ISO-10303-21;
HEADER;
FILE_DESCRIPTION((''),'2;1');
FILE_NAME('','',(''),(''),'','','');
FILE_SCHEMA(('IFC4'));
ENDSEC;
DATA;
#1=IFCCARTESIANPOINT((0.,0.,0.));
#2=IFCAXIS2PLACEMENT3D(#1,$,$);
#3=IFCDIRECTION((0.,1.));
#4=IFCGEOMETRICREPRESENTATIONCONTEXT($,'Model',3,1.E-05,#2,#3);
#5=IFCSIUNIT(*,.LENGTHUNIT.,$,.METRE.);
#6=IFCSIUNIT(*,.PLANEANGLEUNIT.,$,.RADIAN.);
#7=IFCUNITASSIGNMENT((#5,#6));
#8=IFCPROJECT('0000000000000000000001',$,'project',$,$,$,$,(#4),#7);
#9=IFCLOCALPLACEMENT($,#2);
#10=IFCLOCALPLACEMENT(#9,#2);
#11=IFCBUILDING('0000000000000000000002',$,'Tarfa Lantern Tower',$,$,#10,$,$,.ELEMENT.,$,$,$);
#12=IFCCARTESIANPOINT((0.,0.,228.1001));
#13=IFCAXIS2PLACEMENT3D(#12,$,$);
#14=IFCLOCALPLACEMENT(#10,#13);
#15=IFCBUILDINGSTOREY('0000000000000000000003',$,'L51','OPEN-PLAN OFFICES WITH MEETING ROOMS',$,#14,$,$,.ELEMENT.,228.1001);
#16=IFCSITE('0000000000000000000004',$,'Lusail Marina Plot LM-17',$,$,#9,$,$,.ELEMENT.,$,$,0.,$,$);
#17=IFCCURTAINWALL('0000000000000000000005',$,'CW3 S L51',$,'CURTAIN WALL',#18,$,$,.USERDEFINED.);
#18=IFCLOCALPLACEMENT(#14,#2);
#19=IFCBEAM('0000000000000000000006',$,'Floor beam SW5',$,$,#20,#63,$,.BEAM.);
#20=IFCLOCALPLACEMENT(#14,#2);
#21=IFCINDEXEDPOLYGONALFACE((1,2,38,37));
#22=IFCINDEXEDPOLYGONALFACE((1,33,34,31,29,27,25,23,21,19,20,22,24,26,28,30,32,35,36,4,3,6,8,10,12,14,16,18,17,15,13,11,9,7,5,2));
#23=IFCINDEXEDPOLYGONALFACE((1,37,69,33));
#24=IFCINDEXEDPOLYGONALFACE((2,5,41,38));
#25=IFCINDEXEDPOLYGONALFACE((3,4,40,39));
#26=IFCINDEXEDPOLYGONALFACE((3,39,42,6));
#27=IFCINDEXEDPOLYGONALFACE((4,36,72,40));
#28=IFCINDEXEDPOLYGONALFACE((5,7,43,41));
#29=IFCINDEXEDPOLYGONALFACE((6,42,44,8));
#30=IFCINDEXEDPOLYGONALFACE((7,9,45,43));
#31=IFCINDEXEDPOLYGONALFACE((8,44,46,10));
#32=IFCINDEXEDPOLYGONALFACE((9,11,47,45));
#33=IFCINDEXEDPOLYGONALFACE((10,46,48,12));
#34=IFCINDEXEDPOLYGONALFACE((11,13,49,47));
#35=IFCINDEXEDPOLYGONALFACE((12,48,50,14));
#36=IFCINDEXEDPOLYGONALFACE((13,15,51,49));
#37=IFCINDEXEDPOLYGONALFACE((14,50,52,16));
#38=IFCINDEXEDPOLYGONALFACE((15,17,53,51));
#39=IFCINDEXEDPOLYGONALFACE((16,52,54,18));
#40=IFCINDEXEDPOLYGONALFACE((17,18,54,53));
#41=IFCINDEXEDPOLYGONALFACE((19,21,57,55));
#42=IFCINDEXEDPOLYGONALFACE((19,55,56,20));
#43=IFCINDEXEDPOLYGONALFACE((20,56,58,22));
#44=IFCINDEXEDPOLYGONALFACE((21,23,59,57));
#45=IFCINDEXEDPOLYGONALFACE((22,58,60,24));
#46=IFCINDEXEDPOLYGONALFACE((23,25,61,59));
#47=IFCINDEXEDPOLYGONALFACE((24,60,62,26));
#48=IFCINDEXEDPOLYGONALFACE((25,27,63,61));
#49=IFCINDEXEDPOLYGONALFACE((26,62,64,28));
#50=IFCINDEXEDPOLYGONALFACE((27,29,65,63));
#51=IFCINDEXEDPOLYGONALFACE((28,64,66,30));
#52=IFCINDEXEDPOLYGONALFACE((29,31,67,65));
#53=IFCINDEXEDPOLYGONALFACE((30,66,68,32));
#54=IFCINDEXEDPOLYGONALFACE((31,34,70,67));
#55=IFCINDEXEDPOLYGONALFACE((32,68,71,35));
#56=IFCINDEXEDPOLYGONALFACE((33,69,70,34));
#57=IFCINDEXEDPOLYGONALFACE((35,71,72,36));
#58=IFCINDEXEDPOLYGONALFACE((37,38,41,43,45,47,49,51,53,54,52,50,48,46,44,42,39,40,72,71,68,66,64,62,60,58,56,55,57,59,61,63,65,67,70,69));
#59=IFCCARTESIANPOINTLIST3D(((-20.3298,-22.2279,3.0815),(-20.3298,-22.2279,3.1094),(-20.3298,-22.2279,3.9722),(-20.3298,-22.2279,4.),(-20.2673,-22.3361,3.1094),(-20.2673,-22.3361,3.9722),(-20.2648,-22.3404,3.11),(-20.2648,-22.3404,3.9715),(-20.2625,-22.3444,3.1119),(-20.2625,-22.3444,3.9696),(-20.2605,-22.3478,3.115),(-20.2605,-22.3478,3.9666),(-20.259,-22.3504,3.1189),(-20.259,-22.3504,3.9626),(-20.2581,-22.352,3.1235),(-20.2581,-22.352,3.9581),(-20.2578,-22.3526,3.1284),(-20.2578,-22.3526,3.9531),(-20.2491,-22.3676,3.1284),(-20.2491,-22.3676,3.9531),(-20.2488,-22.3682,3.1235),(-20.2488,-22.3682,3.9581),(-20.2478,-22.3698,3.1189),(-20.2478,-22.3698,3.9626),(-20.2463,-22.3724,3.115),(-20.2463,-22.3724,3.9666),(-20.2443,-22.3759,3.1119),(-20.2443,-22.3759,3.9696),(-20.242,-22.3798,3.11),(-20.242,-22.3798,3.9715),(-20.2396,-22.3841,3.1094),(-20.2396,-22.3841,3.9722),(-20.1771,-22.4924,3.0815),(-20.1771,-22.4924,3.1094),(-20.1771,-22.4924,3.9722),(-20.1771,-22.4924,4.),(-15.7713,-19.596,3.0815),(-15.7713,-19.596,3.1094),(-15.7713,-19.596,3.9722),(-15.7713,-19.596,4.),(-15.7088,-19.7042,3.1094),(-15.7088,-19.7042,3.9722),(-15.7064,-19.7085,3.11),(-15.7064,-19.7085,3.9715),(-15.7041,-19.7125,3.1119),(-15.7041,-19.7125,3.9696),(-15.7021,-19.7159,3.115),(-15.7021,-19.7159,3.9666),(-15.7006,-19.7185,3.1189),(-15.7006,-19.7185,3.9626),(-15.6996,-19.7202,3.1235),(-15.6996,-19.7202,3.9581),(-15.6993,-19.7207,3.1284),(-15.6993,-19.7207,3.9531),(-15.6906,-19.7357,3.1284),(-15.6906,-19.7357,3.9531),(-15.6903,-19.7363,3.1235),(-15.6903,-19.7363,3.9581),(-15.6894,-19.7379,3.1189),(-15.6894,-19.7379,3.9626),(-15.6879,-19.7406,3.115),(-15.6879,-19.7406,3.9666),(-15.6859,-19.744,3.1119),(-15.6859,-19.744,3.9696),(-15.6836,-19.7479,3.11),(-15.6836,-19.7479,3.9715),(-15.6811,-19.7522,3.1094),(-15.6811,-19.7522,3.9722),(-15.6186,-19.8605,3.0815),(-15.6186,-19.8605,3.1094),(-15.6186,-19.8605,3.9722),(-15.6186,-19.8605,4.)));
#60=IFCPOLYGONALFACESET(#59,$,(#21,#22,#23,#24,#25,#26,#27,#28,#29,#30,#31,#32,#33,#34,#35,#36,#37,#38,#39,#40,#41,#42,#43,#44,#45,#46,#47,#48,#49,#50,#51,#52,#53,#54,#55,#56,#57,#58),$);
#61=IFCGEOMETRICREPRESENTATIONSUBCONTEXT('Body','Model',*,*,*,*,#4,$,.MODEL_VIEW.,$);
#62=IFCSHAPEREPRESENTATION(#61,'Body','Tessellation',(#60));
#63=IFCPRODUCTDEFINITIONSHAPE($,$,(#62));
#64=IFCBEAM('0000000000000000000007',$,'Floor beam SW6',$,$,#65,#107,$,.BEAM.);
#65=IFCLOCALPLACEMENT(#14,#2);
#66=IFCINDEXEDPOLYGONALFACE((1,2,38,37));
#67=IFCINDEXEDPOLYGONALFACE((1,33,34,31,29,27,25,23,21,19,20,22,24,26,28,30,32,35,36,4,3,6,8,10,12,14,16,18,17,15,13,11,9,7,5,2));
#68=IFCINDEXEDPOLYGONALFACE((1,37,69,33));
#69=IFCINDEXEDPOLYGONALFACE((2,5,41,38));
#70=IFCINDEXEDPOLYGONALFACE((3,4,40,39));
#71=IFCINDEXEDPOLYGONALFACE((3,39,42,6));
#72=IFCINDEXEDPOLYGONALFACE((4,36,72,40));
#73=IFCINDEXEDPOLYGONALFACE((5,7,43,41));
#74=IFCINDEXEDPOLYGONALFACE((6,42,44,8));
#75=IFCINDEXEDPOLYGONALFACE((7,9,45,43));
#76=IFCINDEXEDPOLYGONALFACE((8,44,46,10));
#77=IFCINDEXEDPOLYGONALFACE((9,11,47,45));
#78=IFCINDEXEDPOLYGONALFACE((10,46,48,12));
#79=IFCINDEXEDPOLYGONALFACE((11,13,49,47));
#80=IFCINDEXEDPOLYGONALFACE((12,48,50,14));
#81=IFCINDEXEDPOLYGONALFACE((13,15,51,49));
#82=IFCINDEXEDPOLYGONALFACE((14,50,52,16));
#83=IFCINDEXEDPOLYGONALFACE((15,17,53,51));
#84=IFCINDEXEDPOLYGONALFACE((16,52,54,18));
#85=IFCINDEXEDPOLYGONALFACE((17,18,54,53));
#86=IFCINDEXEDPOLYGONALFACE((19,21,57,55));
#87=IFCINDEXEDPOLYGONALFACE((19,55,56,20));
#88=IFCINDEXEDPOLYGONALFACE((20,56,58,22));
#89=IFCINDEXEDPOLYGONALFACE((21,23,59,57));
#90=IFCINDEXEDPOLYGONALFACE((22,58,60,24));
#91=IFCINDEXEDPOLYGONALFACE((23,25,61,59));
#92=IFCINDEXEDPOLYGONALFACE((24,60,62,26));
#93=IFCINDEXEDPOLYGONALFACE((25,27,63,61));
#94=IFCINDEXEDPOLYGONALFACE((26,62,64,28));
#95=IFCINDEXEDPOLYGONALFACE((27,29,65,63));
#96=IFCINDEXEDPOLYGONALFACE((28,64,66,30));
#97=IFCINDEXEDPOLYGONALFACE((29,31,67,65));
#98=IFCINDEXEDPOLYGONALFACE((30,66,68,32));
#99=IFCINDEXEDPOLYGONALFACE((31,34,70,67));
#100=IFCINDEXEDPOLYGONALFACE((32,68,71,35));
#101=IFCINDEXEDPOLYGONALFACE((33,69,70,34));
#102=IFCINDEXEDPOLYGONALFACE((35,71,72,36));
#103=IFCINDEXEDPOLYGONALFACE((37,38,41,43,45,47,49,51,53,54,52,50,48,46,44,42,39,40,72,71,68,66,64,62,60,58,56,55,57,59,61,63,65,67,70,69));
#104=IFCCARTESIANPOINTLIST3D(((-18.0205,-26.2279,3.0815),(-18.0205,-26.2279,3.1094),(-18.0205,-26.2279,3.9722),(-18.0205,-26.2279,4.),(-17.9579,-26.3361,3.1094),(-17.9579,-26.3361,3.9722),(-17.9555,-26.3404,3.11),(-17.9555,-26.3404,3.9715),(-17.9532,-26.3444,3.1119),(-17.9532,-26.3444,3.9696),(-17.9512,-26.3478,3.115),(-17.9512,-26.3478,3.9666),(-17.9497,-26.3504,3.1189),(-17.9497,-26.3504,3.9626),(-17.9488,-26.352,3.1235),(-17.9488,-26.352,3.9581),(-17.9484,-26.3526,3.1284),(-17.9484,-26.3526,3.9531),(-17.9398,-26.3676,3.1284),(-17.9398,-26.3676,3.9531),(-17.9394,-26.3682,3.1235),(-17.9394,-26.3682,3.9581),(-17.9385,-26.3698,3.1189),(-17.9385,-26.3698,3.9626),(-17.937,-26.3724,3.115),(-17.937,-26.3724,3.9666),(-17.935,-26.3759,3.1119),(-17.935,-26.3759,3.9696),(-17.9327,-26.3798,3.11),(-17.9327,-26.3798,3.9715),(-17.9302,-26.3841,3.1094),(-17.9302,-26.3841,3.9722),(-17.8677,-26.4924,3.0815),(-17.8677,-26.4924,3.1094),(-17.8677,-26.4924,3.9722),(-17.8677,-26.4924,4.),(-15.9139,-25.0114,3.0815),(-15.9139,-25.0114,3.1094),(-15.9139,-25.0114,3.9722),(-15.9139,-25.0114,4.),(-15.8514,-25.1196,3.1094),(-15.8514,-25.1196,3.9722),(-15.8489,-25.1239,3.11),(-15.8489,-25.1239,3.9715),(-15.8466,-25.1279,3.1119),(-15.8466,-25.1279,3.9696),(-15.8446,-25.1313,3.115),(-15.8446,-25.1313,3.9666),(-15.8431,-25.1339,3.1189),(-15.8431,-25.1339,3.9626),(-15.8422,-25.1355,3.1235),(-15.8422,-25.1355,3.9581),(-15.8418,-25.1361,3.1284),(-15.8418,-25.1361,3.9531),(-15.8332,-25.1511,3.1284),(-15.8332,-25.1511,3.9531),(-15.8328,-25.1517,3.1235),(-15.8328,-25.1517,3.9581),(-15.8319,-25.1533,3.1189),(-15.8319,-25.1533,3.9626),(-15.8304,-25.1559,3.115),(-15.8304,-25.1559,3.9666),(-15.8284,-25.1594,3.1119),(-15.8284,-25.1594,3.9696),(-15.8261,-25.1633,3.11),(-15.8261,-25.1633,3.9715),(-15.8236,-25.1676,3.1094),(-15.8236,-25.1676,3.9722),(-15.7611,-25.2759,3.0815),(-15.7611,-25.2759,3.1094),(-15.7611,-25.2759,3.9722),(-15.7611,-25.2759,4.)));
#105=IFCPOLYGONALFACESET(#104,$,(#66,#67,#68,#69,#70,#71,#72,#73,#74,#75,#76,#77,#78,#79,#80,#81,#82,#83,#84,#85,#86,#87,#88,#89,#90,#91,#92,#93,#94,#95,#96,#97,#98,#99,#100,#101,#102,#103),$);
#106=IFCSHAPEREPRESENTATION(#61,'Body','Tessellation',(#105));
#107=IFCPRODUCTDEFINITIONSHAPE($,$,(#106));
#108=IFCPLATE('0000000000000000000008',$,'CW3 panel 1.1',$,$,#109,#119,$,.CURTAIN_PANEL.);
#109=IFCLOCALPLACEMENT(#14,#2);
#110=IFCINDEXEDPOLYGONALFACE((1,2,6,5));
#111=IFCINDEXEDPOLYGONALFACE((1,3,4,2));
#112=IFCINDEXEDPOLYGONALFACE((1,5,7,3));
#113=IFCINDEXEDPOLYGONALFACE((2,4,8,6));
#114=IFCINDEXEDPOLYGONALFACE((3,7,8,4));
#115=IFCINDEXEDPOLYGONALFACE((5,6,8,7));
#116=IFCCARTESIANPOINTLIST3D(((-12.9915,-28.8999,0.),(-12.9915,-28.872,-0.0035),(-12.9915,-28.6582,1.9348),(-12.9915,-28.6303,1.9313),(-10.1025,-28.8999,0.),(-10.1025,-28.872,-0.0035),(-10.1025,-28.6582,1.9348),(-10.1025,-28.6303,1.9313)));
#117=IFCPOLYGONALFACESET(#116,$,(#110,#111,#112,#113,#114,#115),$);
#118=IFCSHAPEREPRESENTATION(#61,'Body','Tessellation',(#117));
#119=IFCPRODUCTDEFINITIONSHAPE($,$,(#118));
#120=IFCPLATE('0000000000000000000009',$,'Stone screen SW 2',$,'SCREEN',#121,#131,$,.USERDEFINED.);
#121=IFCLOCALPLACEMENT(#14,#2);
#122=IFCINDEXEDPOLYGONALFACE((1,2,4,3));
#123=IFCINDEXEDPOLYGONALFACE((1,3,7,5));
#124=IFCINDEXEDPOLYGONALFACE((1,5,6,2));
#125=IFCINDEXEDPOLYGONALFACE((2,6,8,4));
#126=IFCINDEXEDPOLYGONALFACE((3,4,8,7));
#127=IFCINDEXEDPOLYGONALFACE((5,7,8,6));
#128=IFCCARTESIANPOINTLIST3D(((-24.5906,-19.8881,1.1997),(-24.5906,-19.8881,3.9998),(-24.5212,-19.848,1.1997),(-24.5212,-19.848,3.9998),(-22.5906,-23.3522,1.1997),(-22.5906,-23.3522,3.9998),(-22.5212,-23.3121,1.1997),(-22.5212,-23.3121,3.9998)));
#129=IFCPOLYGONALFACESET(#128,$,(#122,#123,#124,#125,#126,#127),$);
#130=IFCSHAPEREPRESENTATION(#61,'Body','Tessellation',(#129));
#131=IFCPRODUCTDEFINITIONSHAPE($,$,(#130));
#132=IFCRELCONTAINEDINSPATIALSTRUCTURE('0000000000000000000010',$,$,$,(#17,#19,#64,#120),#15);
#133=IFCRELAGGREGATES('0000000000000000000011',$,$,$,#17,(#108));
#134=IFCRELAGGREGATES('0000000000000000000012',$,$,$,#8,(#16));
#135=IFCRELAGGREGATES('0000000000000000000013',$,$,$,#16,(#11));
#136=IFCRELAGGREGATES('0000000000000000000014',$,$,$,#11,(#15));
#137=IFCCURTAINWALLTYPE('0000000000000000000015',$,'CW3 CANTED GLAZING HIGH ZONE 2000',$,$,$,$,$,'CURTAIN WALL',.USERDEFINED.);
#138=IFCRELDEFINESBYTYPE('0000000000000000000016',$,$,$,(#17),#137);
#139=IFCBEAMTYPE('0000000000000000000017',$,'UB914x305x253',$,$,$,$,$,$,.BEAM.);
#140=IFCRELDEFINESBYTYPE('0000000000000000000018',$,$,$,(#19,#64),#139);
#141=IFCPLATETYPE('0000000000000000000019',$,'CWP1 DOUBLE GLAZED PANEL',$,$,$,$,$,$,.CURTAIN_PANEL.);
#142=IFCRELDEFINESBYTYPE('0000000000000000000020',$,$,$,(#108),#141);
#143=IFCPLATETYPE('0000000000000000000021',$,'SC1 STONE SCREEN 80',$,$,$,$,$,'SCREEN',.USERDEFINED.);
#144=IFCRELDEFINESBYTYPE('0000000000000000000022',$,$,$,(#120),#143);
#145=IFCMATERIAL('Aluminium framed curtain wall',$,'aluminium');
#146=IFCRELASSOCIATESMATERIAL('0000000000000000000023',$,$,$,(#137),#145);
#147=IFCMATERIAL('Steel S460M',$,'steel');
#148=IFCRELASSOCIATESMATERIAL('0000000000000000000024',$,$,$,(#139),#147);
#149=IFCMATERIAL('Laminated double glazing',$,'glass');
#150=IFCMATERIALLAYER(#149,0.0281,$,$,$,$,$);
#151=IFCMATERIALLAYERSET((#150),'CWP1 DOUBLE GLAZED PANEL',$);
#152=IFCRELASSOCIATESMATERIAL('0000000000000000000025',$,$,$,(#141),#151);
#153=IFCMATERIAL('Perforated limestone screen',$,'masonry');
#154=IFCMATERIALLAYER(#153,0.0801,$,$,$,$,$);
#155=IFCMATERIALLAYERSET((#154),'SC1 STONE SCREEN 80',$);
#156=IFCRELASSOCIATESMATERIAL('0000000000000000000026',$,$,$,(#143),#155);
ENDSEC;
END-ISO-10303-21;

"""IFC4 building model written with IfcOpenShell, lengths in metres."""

from ifc_helpers import new_model, si_unit, direction, frame, origin, origin_2d, place, context, subcontext, project, spatial, polyline, rectangle, i_section, outline, extrude, material, layer, layer_set, material_profile, profile_set, type_object, element, aggregate, save


model = new_model("IFC4")

# Units and contexts
model_context = context("Model", 3, precision=1e-05, world=origin(), true_north=direction((0.0, 1.0)))
body_context = subcontext(model_context, "Body", "Model", "MODEL_VIEW")
ifc_project = project(units=[si_unit("LENGTHUNIT", "METRE"), si_unit("PLANEANGLEUNIT", "RADIAN")], contexts=[model_context])

# Site, building, storey
site_placement = place(None, origin())
site = spatial("IfcSite", under=ifc_project, at=site_placement, Name="Lusail Marina Plot LM-17", CompositionType="ELEMENT", RefElevation=0.0)
building_placement = place(site_placement, origin())
building = spatial("IfcBuilding", under=site, at=building_placement, Name="Tarfa Lantern Tower", CompositionType="ELEMENT")
storey_placement = place(building_placement, frame((0.0, 0.0, 228.1001)))
storey = spatial("IfcBuildingStorey", under=building, at=storey_placement, Name="L51", Description="OPEN-PLAN OFFICES WITH MEETING ROOMS", CompositionType="ELEMENT", Elevation=228.1001)

# Curtain wall
ifc_material_1 = material(Name="Aluminium framed curtain wall", Category="aluminium")
curtain_wall_type = type_object("IfcCurtainWallType", Name="CW3 CANTED GLAZING HIGH ZONE 2000", ElementType="CURTAIN WALL", PredefinedType="USERDEFINED", material=ifc_material_1)
curtain_wall_placement = place(storey_placement, origin())
curtain_wall = element("IfcCurtainWall", 1, at=curtain_wall_placement, inside=storey, type_object=curtain_wall_type, Name="CW3 S L51", ObjectType="CURTAIN WALL", PredefinedType="USERDEFINED")

# Beams
ifc_material_2 = material(Name="Steel S460M", Category="steel")
ifc_material_profile_1 = material_profile(ifc_material_2, i_section(OverallWidth=0.3054, OverallDepth=0.9185, WebThickness=0.0173, FlangeThickness=0.0278, FilletRadius=0.019, at=origin_2d()), Name="UB914x305x253")
ifc_profile_set_1 = profile_set([ifc_material_profile_1], Name="Steel S460M")
beam_type_1 = type_object("IfcBeamType", Name="UB914x305x253", PredefinedType="BEAM", material=ifc_profile_set_1)
beam_1_placement = place(storey_placement, frame((-20.2534, -22.3601, 3.5408), z_axis=(0.86602, 0.50001, 0.0), x_axis=(-0.50001, 0.86602, 0.0)))
element("IfcBeam", 2, at=beam_1_placement, inside=storey, type_object=beam_type_1, Name="Floor beam SW5", PredefinedType="BEAM", context=body_context, shape_type="SweptSolid", body=[
    extrude(i_section(OverallWidth=0.3054, OverallDepth=0.9185, WebThickness=0.0173, FlangeThickness=0.0278, FilletRadius=0.019, at=origin_2d()), origin(), (0.0, 0.0, 1.0), 5.2637),
])
beam_2_placement = place(storey_placement, frame((-17.9441, -26.3601, 3.5408), z_axis=(0.86598, 0.500079, 0.0), x_axis=(-0.500079, 0.86598, 0.0)))
element("IfcBeam", 3, at=beam_2_placement, inside=storey, type_object=beam_type_1, Name="Floor beam SW6", PredefinedType="BEAM", context=body_context, shape_type="SweptSolid", body=[
    extrude(i_section(OverallWidth=0.3054, OverallDepth=0.9185, WebThickness=0.0173, FlangeThickness=0.0278, FilletRadius=0.019, at=origin_2d()), origin(), (0.0, 0.0, 1.0), 2.4326),
])

# Plates
ifc_material_3 = material(Name="Laminated double glazing", Category="glass")
ifc_layer_1 = layer(ifc_material_3, 0.0281)
ifc_layer_set_1 = layer_set([ifc_layer_1], Name="CWP1 DOUBLE GLAZED PANEL")
plate_type_1 = type_object("IfcPlateType", Name="CWP1 DOUBLE GLAZED PANEL", PredefinedType="CURTAIN_PANEL", material=ifc_layer_set_1)
plate_1_placement = place(storey_placement, frame((-12.9915, -28.8999, 0.0), z_axis=(0.0, -0.992288, 0.123958), x_axis=(1.0, 0.0, 0.0)))
plate_1 = element("IfcPlate", 4, at=plate_1_placement, type_object=plate_type_1, Name="CW3 panel 1.1", PredefinedType="CURTAIN_PANEL", context=body_context, shape_type="SweptSolid", body=[
    extrude(outline(polyline([(0.0, 0.0), (2.8889, 0.0), (2.8889, 1.9499), (0.0, 1.9499), (0.0, 0.0)])), origin(), (0.0, 0.0, -1.0), 0.0281),
])
aggregate(curtain_wall, [plate_1])
ifc_material_4 = material(Name="Perforated limestone screen", Category="masonry")
ifc_layer_2 = layer(ifc_material_4, 0.0801)
ifc_layer_set_2 = layer_set([ifc_layer_2], Name="SC1 STONE SCREEN 80")
plate_type_2 = type_object("IfcPlateType", Name="SC1 STONE SCREEN 80", ElementType="SCREEN", PredefinedType="USERDEFINED", material=ifc_layer_set_2)
plate_2_placement = place(storey_placement, frame((-23.5559, -21.6001, 1.1997), z_axis=(0.0, 0.0, 1.0), x_axis=(0.5, -0.866025, 0.0)))
element("IfcPlate", 5, at=plate_2_placement, inside=storey, type_object=plate_type_2, Name="Stone screen SW 2", ObjectType="SCREEN", PredefinedType="USERDEFINED", context=body_context, shape_type="SweptSolid", body=[
    extrude(rectangle(XDim=4.0, YDim=0.0801, at=origin_2d()), origin(), (0.0, 0.0, 1.0), 2.8),
])

save(model, "model.ifc")
